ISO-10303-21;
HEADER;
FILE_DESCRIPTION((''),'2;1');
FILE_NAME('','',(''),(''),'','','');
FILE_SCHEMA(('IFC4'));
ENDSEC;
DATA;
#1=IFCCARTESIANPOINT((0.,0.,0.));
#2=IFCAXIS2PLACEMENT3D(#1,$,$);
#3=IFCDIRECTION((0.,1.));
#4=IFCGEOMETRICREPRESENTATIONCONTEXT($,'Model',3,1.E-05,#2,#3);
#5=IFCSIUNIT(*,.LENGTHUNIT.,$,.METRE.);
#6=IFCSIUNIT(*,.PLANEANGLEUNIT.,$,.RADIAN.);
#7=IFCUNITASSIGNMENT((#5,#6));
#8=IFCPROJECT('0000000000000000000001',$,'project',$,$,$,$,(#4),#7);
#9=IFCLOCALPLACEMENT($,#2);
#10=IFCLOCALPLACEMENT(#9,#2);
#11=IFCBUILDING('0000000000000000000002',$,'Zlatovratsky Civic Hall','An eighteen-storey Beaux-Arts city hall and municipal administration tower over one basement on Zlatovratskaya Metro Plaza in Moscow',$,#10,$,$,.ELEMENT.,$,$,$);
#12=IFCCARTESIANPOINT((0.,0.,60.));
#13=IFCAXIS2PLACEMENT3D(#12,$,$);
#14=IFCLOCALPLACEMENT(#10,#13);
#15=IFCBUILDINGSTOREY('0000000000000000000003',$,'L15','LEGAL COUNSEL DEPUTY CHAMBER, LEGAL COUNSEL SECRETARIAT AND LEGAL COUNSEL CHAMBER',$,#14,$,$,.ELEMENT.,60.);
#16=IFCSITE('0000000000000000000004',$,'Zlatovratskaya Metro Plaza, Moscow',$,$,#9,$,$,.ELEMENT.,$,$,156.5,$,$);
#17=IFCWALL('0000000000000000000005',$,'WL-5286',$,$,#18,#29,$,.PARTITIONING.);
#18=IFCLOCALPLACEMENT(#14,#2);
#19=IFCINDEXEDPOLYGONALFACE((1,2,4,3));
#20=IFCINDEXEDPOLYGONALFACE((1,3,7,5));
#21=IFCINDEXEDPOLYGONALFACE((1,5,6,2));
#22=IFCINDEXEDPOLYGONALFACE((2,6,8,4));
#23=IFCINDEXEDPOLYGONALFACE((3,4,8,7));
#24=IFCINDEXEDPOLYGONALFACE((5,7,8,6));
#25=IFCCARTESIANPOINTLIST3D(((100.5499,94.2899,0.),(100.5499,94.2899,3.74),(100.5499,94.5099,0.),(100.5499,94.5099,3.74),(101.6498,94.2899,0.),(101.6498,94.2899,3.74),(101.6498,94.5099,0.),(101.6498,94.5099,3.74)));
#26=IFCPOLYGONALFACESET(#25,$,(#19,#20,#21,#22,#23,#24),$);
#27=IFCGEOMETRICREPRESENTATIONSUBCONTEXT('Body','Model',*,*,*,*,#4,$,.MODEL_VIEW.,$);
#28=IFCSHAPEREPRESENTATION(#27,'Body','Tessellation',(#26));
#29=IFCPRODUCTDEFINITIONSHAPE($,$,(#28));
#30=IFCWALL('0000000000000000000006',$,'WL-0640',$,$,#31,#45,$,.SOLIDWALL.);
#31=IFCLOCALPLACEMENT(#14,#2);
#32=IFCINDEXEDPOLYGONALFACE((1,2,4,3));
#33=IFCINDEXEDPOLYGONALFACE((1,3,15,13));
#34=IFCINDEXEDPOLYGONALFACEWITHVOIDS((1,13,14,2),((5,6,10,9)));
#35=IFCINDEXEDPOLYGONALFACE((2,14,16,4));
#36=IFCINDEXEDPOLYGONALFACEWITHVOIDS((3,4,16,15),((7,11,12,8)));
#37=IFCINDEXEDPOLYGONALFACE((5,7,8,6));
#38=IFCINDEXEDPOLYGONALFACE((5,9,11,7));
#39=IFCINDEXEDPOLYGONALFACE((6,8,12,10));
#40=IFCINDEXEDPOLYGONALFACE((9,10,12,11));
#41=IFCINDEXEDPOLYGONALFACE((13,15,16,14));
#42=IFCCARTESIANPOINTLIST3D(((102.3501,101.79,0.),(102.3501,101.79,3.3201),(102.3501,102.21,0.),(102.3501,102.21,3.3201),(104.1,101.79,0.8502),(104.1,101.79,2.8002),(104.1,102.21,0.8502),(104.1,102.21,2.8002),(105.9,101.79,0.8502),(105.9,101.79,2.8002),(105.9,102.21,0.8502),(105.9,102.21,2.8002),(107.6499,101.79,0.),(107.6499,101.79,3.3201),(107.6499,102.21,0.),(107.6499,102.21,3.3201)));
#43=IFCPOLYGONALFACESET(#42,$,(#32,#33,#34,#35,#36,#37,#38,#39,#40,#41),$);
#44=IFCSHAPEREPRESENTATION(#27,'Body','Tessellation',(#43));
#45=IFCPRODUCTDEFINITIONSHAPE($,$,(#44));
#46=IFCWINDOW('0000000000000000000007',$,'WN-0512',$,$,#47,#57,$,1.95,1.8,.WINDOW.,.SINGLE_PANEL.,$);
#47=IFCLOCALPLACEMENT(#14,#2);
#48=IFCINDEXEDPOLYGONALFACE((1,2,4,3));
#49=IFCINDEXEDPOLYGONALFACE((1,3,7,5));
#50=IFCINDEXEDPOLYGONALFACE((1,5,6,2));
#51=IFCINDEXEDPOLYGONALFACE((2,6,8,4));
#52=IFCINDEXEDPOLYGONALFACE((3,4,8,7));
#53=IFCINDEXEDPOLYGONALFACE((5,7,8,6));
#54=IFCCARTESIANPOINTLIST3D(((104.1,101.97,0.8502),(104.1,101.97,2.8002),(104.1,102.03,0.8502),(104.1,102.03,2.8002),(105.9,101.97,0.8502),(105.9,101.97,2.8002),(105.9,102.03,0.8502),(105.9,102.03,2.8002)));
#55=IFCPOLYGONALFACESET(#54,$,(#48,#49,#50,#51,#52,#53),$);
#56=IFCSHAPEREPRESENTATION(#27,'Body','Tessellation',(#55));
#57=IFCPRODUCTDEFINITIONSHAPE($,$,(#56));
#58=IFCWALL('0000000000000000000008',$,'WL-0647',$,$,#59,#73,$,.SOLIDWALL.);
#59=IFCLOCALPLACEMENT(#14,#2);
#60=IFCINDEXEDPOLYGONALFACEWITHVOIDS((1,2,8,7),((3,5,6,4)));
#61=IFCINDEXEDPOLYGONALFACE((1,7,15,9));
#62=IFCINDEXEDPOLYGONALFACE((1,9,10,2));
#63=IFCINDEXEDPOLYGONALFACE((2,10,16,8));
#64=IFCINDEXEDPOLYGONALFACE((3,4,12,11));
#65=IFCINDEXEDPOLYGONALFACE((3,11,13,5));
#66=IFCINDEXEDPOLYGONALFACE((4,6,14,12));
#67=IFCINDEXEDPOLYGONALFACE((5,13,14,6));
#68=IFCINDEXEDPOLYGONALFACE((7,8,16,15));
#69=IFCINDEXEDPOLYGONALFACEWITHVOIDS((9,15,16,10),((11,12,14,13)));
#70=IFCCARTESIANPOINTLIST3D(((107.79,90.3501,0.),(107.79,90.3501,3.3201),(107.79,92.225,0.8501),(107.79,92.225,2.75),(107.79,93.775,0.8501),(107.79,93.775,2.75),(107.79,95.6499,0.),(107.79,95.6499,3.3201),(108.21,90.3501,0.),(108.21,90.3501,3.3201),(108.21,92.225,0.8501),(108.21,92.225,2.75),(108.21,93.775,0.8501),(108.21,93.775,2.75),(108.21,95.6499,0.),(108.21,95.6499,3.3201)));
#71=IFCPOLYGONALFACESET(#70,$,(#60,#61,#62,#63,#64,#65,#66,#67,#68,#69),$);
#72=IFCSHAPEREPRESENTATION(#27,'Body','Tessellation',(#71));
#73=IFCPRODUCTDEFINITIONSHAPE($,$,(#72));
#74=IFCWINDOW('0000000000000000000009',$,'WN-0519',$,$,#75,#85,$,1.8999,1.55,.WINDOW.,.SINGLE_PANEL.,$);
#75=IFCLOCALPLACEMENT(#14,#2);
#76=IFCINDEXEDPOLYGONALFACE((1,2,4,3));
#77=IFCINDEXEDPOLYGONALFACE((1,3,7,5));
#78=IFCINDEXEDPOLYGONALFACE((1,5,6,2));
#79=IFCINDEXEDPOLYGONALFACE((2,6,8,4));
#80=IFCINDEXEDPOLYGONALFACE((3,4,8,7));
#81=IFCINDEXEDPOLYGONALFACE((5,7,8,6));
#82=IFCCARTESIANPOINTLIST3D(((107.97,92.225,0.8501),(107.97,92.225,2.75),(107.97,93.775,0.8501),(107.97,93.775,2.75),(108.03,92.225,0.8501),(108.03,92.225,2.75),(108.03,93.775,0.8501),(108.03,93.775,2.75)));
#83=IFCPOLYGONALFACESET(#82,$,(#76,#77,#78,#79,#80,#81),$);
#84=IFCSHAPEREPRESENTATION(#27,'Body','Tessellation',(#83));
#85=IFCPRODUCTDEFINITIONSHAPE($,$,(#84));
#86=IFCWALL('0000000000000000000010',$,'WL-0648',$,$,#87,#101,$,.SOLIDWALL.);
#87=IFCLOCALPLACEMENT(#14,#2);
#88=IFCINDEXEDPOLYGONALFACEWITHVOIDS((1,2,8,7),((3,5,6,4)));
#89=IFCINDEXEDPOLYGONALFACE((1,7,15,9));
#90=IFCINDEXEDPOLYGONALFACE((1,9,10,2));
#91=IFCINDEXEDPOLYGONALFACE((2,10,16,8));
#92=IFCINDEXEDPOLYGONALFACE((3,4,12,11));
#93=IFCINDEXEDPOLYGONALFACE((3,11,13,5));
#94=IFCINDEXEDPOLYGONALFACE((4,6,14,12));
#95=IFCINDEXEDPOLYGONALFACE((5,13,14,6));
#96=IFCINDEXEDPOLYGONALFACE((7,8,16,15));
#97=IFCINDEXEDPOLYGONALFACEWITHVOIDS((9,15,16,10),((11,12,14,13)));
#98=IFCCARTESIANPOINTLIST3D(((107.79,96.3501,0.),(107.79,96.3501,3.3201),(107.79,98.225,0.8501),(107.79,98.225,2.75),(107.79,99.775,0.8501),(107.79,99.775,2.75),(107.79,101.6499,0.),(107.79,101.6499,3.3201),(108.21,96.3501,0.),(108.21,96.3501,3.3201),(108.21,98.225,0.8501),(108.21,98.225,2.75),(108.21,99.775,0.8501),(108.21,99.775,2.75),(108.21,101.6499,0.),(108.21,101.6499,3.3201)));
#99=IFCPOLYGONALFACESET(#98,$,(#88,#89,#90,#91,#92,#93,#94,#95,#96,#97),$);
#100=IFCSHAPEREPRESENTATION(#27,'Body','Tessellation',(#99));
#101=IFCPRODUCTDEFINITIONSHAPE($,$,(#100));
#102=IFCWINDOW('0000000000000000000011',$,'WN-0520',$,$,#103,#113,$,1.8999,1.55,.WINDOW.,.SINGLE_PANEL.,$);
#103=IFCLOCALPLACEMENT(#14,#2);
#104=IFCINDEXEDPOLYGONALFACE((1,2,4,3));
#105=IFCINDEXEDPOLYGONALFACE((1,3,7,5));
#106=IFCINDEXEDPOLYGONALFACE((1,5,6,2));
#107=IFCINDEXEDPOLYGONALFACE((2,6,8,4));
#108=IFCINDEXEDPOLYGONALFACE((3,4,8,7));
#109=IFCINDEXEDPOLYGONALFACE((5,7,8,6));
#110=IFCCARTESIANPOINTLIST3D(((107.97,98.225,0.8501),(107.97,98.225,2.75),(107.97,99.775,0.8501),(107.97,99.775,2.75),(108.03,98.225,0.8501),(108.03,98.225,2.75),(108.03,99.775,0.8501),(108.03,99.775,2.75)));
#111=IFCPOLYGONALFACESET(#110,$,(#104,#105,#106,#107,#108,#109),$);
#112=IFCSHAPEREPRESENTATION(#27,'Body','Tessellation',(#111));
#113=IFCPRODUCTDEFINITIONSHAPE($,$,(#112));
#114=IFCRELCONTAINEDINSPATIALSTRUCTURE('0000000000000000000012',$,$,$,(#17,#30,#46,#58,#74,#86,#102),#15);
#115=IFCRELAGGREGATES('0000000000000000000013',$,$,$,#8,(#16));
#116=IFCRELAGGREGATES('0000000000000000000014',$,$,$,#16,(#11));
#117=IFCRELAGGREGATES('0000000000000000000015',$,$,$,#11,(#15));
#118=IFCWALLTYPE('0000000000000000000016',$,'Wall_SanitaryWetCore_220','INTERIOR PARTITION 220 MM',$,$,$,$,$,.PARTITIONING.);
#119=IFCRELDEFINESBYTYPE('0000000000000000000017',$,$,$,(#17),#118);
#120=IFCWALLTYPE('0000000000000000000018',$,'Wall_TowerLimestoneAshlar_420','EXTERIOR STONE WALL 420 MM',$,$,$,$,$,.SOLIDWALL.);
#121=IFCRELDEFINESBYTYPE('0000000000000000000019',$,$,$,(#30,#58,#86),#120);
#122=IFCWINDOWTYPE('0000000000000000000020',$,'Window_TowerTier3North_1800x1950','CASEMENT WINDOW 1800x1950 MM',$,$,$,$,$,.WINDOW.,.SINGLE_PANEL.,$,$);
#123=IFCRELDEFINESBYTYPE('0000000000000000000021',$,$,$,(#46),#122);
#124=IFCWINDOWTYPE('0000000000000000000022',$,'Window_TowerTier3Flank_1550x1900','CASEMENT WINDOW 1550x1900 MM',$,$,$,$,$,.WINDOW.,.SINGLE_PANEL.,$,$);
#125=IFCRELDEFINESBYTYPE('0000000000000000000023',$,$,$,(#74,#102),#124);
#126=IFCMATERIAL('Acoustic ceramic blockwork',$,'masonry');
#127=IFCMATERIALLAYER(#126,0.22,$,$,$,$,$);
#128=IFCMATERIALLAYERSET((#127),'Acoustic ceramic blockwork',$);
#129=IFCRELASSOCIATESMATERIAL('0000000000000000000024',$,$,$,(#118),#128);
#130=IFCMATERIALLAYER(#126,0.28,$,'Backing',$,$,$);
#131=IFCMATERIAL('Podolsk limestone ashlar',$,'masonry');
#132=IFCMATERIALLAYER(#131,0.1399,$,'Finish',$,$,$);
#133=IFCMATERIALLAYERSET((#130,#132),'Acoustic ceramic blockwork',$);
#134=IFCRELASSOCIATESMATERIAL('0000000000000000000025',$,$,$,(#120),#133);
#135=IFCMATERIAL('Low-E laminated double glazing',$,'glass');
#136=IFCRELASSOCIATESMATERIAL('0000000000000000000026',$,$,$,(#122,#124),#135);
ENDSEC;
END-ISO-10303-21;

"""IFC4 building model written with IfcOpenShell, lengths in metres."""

from ifc_helpers import new_model, si_unit, direction, frame, frame_2d, origin, place, context, subcontext, project, spatial, rectangle, extrude, material, layer, layer_set, type_object, element, fill, save


model = new_model("IFC4")

# Units and contexts
model_context = context("Model", 3, precision=1e-05, world=origin(), true_north=direction((0.0, 1.0)))
body_context = subcontext(model_context, "Body", "Model", "MODEL_VIEW")
ifc_project = project(units=[si_unit("LENGTHUNIT", "METRE"), si_unit("PLANEANGLEUNIT", "RADIAN")], contexts=[model_context])

# Site, building, storey
site_placement = place(None, origin())
site = spatial("IfcSite", under=ifc_project, at=site_placement, Name="Zlatovratskaya Metro Plaza, Moscow", CompositionType="ELEMENT", RefElevation=156.5)
building_placement = place(site_placement, origin())
building = spatial("IfcBuilding", under=site, at=building_placement, Name="Zlatovratsky Civic Hall", Description="An eighteen-storey Beaux-Arts city hall and municipal administration tower over one basement on Zlatovratskaya Metro Plaza in Moscow", CompositionType="ELEMENT")
storey_placement = place(building_placement, frame((0.0, 0.0, 60.0)))
storey = spatial("IfcBuildingStorey", under=building, at=storey_placement, Name="L15", Description="LEGAL COUNSEL DEPUTY CHAMBER, LEGAL COUNSEL SECRETARIAT AND LEGAL COUNSEL CHAMBER", CompositionType="ELEMENT", Elevation=60.0)

# Wall
ifc_material_1 = material(Name="Acoustic ceramic blockwork", Category="masonry")
ifc_layer_1 = layer(ifc_material_1, 0.22)
ifc_layer_set_1 = layer_set([ifc_layer_1], Name="Acoustic ceramic blockwork")
wall_type_1 = type_object("IfcWallType", Name="Wall_SanitaryWetCore_220", Description="INTERIOR PARTITION 220 MM", PredefinedType="PARTITIONING", material=ifc_layer_set_1)
wall_1_placement = place(storey_placement, frame((100.55, 94.3999, 0.0), z_axis=(0.0, 0.0, 1.0), x_axis=(1.0, 0.0, 0.0)))
element("IfcWall", 1, at=wall_1_placement, inside=storey, type_object=wall_type_1, Name="WL-5286", PredefinedType="PARTITIONING", context=body_context, shape_type="SweptSolid", body=[
    extrude(rectangle(XDim=1.0999, YDim=0.22, at=frame_2d((0.5498, 0.0))), origin(), (0.0, 0.0, 1.0), 3.74),
])

# Walls, openings, windows
ifc_layer_2 = layer(ifc_material_1, 0.28, Name="Backing")
ifc_material_2 = material(Name="Podolsk limestone ashlar", Category="masonry")
ifc_layer_3 = layer(ifc_material_2, 0.1399, Name="Finish")
ifc_layer_set_2 = layer_set([ifc_layer_2, ifc_layer_3], Name="Acoustic ceramic blockwork")
wall_type_2 = type_object("IfcWallType", Name="Wall_TowerLimestoneAshlar_420", Description="EXTERIOR STONE WALL 420 MM", PredefinedType="SOLIDWALL", material=ifc_layer_set_2)
wall_2_placement = place(storey_placement, frame((102.3501, 102.0, 0.0), z_axis=(0.0, 0.0, 1.0), x_axis=(1.0, 0.0, 0.0)))
wall_2 = element("IfcWall", 2, at=wall_2_placement, inside=storey, type_object=wall_type_2, Name="WL-0640", PredefinedType="SOLIDWALL", context=body_context, shape_type="SweptSolid", body=[
    extrude(rectangle(XDim=5.2998, YDim=0.4199, at=frame_2d((2.6499, 0.0))), origin(), (0.0, 0.0, 1.0), 3.3201),
])
opening_1_placement = place(wall_2_placement, frame((1.75, 0.0, 0.8501)))
opening_1 = element("IfcOpeningElement", 3, at=opening_1_placement, cuts=wall_2, PredefinedType="OPENING", context=body_context, shape_type="SweptSolid", body=[
    extrude(rectangle(XDim=1.8, YDim=1.95, at=frame_2d((0.8999, 0.9751))), frame((0.0, 0.2249, 0.0), z_axis=(0.0, -1.0, 0.0), x_axis=(1.0, 0.0, 0.0)), (0.0, 0.0, 1.0), 0.4497),
])
ifc_material_3 = material(Name="Low-E laminated double glazing", Category="glass")
window_type_1 = type_object("IfcWindowType", Name="Window_TowerTier3North_1800x1950", Description="CASEMENT WINDOW 1800x1950 MM", PartitioningType="SINGLE_PANEL", PredefinedType="WINDOW", material=ifc_material_3)
window_1_placement = place(opening_1_placement, origin())
window_1 = element("IfcWindow", 4, at=window_1_placement, inside=storey, type_object=window_type_1, Name="WN-0512", OverallHeight=1.95, OverallWidth=1.8, PartitioningType="SINGLE_PANEL", PredefinedType="WINDOW", context=body_context, shape_type="SweptSolid", body=[
    extrude(rectangle(XDim=1.8, YDim=1.95, at=frame_2d((0.8999, 0.9751))), frame((0.0, 0.03, 0.0), z_axis=(0.0, -1.0, 0.0), x_axis=(1.0, 0.0, 0.0)), (0.0, 0.0, 1.0), 0.0601),
])
fill(opening_1, window_1)
wall_3_placement = place(storey_placement, frame((108.0, 90.3501, 0.0), z_axis=(0.0, 0.0, 1.0), x_axis=(0.0, 1.0, 0.0)))
wall_3 = element("IfcWall", 5, at=wall_3_placement, inside=storey, type_object=wall_type_2, Name="WL-0647", PredefinedType="SOLIDWALL", context=body_context, shape_type="SweptSolid", body=[
    extrude(rectangle(XDim=5.2998, YDim=0.4199, at=frame_2d((2.6499, 0.0))), origin(), (0.0, 0.0, 1.0), 3.3201),
])
opening_2_placement = place(wall_3_placement, frame((1.875, 0.0, 0.8501)))
opening_2 = element("IfcOpeningElement", 6, at=opening_2_placement, cuts=wall_3, PredefinedType="OPENING", context=body_context, shape_type="SweptSolid", body=[
    extrude(rectangle(XDim=1.55, YDim=1.8999, at=frame_2d((0.7749, 0.95))), frame((0.0, 0.2249, 0.0), z_axis=(0.0, -1.0, 0.0), x_axis=(1.0, 0.0, 0.0)), (0.0, 0.0, 1.0), 0.4497),
])
window_type_2 = type_object("IfcWindowType", Name="Window_TowerTier3Flank_1550x1900", Description="CASEMENT WINDOW 1550x1900 MM", PartitioningType="SINGLE_PANEL", PredefinedType="WINDOW", material=ifc_material_3)
window_2_placement = place(opening_2_placement, origin())
window_2 = element("IfcWindow", 7, at=window_2_placement, inside=storey, type_object=window_type_2, Name="WN-0519", OverallHeight=1.8999, OverallWidth=1.55, PartitioningType="SINGLE_PANEL", PredefinedType="WINDOW", context=body_context, shape_type="SweptSolid", body=[
    extrude(rectangle(XDim=1.55, YDim=1.8999, at=frame_2d((0.7749, 0.95))), frame((0.0, 0.03, 0.0), z_axis=(0.0, -1.0, 0.0), x_axis=(1.0, 0.0, 0.0)), (0.0, 0.0, 1.0), 0.0601),
])
fill(opening_2, window_2)
wall_4_placement = place(storey_placement, frame((108.0, 96.3501, 0.0), z_axis=(0.0, 0.0, 1.0), x_axis=(0.0, 1.0, 0.0)))
wall_4 = element("IfcWall", 8, at=wall_4_placement, inside=storey, type_object=wall_type_2, Name="WL-0648", PredefinedType="SOLIDWALL", context=body_context, shape_type="SweptSolid", body=[
    extrude(rectangle(XDim=5.2998, YDim=0.4199, at=frame_2d((2.6499, 0.0))), origin(), (0.0, 0.0, 1.0), 3.3201),
])
opening_3_placement = place(wall_4_placement, frame((1.875, 0.0, 0.8501)))
opening_3 = element("IfcOpeningElement", 9, at=opening_3_placement, cuts=wall_4, PredefinedType="OPENING", context=body_context, shape_type="SweptSolid", body=[
    extrude(rectangle(XDim=1.55, YDim=1.8999, at=frame_2d((0.7749, 0.95))), frame((0.0, 0.2249, 0.0), z_axis=(0.0, -1.0, 0.0), x_axis=(1.0, 0.0, 0.0)), (0.0, 0.0, 1.0), 0.4497),
])
window_3_placement = place(opening_3_placement, origin())
window_3 = element("IfcWindow", 10, at=window_3_placement, inside=storey, type_object=window_type_2, Name="WN-0520", OverallHeight=1.8999, OverallWidth=1.55, PartitioningType="SINGLE_PANEL", PredefinedType="WINDOW", context=body_context, shape_type="SweptSolid", body=[
    extrude(rectangle(XDim=1.55, YDim=1.8999, at=frame_2d((0.7749, 0.95))), frame((0.0, 0.03, 0.0), z_axis=(0.0, -1.0, 0.0), x_axis=(1.0, 0.0, 0.0)), (0.0, 0.0, 1.0), 0.0601),
])
fill(opening_3, window_3)

save(model, "model.ifc")
